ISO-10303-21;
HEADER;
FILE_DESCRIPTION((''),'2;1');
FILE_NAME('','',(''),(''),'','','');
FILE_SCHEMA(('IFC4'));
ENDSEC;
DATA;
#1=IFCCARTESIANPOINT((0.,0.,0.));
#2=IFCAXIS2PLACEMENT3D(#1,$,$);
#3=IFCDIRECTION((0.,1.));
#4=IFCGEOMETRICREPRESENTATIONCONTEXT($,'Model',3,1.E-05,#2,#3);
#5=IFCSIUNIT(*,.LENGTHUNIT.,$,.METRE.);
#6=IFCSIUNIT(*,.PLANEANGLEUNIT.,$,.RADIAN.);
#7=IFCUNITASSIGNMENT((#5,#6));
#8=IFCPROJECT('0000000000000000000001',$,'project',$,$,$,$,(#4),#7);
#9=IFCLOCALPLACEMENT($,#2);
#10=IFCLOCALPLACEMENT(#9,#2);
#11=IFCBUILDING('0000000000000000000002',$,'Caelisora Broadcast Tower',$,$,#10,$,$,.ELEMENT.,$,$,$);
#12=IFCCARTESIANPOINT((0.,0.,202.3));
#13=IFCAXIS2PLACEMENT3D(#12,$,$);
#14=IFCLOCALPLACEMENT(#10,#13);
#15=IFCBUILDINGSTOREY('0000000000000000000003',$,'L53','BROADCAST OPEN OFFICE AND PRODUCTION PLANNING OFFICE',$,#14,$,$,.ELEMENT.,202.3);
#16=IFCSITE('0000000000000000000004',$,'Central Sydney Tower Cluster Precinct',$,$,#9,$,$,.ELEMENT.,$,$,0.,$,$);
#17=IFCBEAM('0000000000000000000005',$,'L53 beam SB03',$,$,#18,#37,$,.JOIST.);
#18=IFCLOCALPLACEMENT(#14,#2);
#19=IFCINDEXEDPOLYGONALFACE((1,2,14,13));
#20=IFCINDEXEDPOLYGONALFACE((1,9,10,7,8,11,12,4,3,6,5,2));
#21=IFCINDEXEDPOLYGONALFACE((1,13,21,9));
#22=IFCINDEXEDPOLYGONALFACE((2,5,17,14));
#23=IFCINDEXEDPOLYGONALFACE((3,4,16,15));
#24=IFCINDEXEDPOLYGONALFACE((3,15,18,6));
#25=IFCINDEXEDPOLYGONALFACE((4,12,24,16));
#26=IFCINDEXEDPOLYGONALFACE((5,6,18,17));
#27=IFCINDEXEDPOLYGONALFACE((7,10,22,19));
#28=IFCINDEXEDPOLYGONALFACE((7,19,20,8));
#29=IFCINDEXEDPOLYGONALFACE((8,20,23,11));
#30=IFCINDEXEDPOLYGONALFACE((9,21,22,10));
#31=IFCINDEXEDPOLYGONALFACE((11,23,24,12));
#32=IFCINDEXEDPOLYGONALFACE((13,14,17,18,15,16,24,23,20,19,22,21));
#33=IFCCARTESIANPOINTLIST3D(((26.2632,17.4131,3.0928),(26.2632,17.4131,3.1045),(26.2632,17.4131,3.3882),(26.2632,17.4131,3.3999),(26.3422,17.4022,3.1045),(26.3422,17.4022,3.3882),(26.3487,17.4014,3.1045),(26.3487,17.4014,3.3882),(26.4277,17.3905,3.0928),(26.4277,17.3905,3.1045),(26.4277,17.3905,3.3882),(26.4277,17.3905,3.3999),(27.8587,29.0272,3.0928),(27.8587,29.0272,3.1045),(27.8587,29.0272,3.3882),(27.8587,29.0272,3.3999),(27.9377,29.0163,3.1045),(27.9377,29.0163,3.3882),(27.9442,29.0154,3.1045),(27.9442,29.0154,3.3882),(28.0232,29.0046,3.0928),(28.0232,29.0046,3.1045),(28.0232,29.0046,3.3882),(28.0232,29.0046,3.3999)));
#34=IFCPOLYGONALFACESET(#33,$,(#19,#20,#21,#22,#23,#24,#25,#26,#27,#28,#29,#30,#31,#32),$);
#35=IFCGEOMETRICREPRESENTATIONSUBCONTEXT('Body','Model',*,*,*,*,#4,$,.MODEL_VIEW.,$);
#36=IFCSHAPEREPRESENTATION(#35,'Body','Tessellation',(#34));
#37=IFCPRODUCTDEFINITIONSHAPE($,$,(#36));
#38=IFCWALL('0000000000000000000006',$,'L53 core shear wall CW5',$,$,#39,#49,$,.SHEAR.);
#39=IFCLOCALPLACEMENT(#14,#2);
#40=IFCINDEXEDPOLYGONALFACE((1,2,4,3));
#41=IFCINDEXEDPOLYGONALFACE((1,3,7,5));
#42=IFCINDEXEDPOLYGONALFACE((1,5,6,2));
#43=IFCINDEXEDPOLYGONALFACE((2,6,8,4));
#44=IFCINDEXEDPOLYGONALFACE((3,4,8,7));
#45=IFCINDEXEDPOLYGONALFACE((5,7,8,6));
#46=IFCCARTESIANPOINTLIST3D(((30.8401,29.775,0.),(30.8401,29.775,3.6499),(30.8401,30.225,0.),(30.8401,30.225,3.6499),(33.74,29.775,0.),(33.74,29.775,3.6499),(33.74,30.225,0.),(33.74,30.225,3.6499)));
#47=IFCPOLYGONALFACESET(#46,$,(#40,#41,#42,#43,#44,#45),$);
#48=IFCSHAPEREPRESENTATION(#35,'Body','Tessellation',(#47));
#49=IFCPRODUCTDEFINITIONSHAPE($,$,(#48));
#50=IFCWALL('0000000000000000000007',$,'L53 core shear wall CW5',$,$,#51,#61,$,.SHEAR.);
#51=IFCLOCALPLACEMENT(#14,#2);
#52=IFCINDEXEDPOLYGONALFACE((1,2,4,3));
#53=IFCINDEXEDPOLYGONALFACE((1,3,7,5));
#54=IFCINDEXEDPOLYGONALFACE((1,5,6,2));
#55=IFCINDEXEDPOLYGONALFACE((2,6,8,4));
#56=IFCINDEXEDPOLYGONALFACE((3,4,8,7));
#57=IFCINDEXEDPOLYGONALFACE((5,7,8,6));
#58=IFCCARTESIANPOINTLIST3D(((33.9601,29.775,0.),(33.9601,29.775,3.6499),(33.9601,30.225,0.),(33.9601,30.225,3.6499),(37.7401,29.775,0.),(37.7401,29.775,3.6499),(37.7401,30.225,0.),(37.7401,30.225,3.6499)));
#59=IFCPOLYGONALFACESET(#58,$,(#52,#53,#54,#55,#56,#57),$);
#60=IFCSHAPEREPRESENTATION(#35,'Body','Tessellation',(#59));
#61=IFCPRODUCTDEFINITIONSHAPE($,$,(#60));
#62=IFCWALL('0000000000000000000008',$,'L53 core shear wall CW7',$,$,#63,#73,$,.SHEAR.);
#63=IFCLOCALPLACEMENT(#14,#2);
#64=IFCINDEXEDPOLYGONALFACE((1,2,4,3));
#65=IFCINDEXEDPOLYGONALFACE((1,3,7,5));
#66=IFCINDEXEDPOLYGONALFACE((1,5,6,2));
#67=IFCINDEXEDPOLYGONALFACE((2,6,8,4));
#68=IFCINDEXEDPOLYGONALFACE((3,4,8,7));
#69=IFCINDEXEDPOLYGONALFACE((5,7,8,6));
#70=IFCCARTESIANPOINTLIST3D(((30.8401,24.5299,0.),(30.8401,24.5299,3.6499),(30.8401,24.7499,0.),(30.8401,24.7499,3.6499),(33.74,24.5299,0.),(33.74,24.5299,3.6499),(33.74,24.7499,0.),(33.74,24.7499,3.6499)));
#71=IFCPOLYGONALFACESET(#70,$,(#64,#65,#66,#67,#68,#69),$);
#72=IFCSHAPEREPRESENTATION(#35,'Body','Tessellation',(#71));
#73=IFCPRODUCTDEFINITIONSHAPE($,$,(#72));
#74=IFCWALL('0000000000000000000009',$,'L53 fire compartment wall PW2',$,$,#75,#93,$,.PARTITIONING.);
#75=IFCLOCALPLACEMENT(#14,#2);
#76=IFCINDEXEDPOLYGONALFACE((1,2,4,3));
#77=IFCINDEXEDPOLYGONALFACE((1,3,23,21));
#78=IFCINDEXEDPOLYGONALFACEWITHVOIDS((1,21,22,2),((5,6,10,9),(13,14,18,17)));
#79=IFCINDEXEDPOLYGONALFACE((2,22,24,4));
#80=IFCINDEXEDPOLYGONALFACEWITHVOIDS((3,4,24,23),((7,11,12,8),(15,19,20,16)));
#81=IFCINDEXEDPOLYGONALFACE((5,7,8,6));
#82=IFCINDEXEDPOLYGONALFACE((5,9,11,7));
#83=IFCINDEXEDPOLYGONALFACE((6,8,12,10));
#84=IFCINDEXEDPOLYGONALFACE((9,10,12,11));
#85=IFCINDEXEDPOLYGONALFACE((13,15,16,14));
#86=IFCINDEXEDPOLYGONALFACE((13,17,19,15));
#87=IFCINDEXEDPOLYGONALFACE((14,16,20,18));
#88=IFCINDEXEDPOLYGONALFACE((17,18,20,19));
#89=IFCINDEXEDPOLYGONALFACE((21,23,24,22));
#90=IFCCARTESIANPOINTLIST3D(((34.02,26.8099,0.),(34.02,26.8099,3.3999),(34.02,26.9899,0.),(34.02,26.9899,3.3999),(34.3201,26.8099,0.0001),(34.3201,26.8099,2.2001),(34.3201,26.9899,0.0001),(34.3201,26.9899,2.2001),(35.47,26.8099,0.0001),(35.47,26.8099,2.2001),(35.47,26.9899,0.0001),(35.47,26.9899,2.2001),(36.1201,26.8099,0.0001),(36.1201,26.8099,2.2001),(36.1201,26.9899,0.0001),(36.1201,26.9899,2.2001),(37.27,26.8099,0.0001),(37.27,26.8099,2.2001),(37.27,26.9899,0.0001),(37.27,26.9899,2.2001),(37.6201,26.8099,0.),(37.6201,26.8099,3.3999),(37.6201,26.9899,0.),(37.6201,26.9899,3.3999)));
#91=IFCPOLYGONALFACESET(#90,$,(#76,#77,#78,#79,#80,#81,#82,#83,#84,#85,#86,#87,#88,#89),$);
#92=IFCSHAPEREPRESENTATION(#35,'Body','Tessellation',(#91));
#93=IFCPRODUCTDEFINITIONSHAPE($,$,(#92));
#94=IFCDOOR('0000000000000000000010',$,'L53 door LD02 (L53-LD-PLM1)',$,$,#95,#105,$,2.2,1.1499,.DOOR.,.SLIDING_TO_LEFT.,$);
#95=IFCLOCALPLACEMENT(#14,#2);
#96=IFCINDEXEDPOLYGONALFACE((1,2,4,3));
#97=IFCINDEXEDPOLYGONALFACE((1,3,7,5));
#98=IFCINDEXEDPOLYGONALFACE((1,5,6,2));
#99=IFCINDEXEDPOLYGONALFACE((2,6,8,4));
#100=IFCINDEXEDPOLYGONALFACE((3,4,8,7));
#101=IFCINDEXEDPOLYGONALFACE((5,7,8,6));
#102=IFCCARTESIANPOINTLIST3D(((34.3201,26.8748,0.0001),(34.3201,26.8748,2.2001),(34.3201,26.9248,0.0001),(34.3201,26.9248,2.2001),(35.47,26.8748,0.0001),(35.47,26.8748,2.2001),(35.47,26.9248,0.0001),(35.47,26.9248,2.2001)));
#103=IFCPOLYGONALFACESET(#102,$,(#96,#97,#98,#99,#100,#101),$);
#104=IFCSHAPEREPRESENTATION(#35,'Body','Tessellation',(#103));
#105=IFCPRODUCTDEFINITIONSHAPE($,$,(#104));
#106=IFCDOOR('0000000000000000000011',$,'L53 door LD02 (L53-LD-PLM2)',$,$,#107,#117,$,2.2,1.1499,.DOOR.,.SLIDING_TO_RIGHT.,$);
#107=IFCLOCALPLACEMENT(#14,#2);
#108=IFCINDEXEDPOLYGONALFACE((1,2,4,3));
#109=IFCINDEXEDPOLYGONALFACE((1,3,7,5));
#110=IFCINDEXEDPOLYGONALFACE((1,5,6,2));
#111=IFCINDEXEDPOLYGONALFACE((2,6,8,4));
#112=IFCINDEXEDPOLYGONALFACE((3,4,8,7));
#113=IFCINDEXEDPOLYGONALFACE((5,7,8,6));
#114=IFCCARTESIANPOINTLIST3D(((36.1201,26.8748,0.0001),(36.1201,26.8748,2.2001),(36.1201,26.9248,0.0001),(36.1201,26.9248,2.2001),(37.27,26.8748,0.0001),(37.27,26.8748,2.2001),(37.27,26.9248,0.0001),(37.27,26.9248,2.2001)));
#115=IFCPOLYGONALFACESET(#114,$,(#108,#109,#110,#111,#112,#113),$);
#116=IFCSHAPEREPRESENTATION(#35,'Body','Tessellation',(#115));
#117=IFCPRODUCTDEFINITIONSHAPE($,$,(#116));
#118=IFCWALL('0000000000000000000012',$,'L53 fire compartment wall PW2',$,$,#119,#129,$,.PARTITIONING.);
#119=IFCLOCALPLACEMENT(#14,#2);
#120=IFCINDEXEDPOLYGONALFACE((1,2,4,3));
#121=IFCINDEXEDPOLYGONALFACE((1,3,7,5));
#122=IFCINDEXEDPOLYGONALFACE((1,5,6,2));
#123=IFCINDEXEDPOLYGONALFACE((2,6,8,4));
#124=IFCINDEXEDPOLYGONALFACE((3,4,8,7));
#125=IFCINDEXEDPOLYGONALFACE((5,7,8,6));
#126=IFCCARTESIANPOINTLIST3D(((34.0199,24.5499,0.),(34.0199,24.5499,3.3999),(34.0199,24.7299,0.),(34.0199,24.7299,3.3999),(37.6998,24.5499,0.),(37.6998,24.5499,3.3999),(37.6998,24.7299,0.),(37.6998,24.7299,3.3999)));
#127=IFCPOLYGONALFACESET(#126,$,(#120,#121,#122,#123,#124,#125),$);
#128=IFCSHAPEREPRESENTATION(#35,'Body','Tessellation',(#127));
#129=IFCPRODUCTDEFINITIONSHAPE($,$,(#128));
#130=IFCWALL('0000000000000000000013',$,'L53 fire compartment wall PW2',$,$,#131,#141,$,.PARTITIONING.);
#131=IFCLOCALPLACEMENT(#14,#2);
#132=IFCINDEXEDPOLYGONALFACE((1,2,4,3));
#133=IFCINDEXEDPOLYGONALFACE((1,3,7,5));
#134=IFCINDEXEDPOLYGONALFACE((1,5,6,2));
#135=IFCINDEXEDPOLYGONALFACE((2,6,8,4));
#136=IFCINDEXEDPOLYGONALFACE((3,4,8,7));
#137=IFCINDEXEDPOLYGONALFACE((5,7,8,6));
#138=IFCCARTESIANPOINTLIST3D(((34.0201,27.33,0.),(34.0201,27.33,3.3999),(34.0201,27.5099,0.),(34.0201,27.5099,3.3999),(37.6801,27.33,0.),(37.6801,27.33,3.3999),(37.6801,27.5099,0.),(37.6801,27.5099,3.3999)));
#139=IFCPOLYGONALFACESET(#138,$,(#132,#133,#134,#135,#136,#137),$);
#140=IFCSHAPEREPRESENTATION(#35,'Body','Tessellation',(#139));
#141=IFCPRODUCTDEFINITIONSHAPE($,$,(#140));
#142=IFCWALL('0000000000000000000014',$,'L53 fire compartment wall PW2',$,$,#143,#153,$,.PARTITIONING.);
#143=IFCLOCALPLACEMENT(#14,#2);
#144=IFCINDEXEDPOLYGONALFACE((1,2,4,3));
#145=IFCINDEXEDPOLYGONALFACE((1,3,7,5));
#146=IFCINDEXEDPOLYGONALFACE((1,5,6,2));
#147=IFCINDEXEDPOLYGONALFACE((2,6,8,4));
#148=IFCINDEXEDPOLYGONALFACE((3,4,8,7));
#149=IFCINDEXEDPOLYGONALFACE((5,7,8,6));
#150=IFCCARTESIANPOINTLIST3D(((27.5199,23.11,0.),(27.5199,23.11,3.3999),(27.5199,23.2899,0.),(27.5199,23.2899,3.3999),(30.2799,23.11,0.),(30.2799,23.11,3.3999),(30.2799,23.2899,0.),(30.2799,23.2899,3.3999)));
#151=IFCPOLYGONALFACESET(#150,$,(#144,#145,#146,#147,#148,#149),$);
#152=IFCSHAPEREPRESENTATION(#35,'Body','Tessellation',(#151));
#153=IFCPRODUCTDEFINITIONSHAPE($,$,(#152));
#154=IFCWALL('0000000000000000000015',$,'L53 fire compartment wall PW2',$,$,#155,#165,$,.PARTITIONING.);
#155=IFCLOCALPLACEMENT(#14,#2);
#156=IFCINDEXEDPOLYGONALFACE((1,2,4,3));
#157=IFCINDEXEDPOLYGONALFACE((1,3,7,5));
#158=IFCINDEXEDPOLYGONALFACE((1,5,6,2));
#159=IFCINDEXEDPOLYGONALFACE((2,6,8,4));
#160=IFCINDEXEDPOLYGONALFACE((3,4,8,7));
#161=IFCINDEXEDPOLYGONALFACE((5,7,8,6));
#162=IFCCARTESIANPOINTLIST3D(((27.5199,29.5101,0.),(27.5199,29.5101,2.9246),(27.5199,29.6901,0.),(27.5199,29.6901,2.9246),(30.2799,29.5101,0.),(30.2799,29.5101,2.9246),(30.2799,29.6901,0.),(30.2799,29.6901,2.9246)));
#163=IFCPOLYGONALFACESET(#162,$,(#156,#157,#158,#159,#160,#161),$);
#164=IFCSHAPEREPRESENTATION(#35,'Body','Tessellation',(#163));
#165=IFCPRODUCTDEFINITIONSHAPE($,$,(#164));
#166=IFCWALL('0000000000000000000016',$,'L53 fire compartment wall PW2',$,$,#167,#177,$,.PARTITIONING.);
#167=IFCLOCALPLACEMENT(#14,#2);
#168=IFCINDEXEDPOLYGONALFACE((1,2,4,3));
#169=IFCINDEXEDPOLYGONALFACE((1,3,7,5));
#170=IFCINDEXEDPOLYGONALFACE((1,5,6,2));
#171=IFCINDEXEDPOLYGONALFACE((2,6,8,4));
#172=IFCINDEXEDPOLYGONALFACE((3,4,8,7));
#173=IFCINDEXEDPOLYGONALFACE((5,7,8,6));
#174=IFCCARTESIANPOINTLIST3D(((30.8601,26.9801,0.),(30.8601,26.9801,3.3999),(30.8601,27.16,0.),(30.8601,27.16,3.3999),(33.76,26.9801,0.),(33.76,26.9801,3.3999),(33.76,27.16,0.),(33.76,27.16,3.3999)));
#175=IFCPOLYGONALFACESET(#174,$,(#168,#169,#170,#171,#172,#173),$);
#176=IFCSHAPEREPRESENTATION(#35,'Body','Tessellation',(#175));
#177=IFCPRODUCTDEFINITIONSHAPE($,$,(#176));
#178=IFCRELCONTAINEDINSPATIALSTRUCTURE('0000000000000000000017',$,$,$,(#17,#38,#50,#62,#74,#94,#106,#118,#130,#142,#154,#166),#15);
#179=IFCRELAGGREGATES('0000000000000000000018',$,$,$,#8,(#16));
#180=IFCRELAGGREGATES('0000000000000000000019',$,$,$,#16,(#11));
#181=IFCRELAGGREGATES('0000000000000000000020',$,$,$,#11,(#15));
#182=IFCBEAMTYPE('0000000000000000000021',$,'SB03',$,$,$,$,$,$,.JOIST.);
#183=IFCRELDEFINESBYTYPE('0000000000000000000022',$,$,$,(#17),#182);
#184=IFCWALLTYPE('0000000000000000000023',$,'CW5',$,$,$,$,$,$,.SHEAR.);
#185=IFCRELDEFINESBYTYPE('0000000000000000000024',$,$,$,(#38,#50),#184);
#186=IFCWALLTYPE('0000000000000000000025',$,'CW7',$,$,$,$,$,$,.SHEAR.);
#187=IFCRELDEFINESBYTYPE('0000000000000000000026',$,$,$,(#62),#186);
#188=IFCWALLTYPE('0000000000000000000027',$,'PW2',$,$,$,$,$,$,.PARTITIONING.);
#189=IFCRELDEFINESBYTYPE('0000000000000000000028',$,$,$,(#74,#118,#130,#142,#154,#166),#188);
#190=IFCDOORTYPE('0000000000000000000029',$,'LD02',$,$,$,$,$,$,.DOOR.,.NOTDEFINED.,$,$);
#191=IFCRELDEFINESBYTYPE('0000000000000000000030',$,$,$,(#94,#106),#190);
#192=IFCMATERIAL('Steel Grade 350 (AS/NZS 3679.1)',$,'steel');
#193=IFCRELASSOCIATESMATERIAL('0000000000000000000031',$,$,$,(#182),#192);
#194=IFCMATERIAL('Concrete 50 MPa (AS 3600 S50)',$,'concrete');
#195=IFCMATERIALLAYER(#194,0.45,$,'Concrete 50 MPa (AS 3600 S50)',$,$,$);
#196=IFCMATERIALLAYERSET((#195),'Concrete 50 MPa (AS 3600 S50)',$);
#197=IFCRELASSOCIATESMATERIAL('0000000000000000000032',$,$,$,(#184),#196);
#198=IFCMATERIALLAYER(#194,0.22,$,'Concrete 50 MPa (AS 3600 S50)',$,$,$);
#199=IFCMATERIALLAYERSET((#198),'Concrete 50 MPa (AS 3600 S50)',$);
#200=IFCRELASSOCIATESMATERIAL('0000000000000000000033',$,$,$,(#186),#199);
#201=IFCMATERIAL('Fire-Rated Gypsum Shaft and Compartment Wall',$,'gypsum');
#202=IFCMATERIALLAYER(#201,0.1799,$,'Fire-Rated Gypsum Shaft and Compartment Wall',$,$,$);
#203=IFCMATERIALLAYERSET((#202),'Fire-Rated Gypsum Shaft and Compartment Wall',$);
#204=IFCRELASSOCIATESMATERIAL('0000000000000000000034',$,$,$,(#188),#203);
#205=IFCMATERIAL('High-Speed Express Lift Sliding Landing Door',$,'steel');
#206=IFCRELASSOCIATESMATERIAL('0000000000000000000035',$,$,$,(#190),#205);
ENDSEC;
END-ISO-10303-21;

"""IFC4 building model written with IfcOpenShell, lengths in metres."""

from ifc_helpers import new_model, si_unit, direction, frame, frame_2d, origin, origin_2d, place, context, subcontext, project, spatial, rectangle, i_section, extrude, source, transform, mapped, material, layer, layer_set, material_profile, profile_set, type_object, element, fill, save


model = new_model("IFC4")

# Units and contexts
model_context = context("Model", 3, precision=1e-05, world=origin(), true_north=direction((0.0, 1.0)))
body_context = subcontext(model_context, "Body", "Model", "MODEL_VIEW")
ifc_project = project(units=[si_unit("LENGTHUNIT", "METRE"), si_unit("PLANEANGLEUNIT", "RADIAN")], contexts=[model_context])

# Site, building, storey
site_placement = place(None, origin())
site = spatial("IfcSite", under=ifc_project, at=site_placement, Name="Central Sydney Tower Cluster Precinct", CompositionType="ELEMENT", RefElevation=0.0)
building_placement = place(site_placement, origin())
building = spatial("IfcBuilding", under=site, at=building_placement, Name="Caelisora Broadcast Tower", CompositionType="ELEMENT")
storey_placement = place(building_placement, frame((0.0, 0.0, 202.3)))
storey = spatial("IfcBuildingStorey", under=building, at=storey_placement, Name="L53", Description="BROADCAST OPEN OFFICE AND PRODUCTION PLANNING OFFICE", CompositionType="ELEMENT", Elevation=202.3)

# Beam
ifc_material_1 = material(Name="Steel Grade 350 (AS/NZS 3679.1)", Category="steel")
ifc_material_profile_1 = material_profile(ifc_material_1, i_section(OverallWidth=0.166, OverallDepth=0.3071, WebThickness=0.0066, FlangeThickness=0.0117, at=origin_2d()), Name="Steel Grade 350 (AS/NZS 3679.1)")
ifc_profile_set_1 = profile_set([ifc_material_profile_1], Name="Steel Grade 350 (AS/NZS 3679.1)")
beam_type_1 = type_object("IfcBeamType", Name="SB03", PredefinedType="JOIST", material=ifc_profile_set_1)
shared_shape_1 = source(origin(), body_context, "Body", "SweptSolid", [
    extrude(i_section(OverallWidth=0.166, OverallDepth=0.3071, WebThickness=0.0066, FlangeThickness=0.0117, at=origin_2d()), origin(), (0.0, 0.0, 1.0), 11.7231),
])
beam_1_placement = place(storey_placement, frame((27.9409, 29.0159, 3.2463), z_axis=(-0.136095, -0.990696, 0.0), x_axis=(0.990696, -0.136095, 0.0)))
element("IfcBeam", 1, at=beam_1_placement, inside=storey, type_object=beam_type_1, Name="L53 beam SB03", PredefinedType="JOIST", context=body_context, shape_type="MappedRepresentation", body=[
    mapped(shared_shape_1, transform((0.0, 0.0, 0.0), scale=1.0)),
])

# Walls
ifc_material_2 = material(Name="Concrete 50 MPa (AS 3600 S50)", Category="concrete")
ifc_layer_1 = layer(ifc_material_2, 0.45, Name="Concrete 50 MPa (AS 3600 S50)")
ifc_layer_set_1 = layer_set([ifc_layer_1], Name="Concrete 50 MPa (AS 3600 S50)")
wall_type_1 = type_object("IfcWallType", Name="CW5", PredefinedType="SHEAR", material=ifc_layer_set_1)
wall_1_placement = place(storey_placement, frame((30.8401, 30.0, 0.0), z_axis=(0.0, 0.0, 1.0), x_axis=(1.0, 0.0, 0.0)))
element("IfcWall", 2, at=wall_1_placement, inside=storey, type_object=wall_type_1, Name="L53 core shear wall CW5", PredefinedType="SHEAR", context=body_context, shape_type="SweptSolid", body=[
    extrude(rectangle(XDim=2.8999, YDim=0.45, at=frame_2d((1.45, 0.0))), origin(), (0.0, 0.0, 1.0), 3.6499),
])
wall_2_placement = place(storey_placement, frame((33.96, 30.0, 0.0), z_axis=(0.0, 0.0, 1.0), x_axis=(1.0, 0.0, 0.0)))
element("IfcWall", 3, at=wall_2_placement, inside=storey, type_object=wall_type_1, Name="L53 core shear wall CW5", PredefinedType="SHEAR", context=body_context, shape_type="SweptSolid", body=[
    extrude(rectangle(XDim=3.78, YDim=0.45, at=frame_2d((1.8901, 0.0))), origin(), (0.0, 0.0, 1.0), 3.6499),
])
ifc_layer_2 = layer(ifc_material_2, 0.22, Name="Concrete 50 MPa (AS 3600 S50)")
ifc_layer_set_2 = layer_set([ifc_layer_2], Name="Concrete 50 MPa (AS 3600 S50)")
wall_type_2 = type_object("IfcWallType", Name="CW7", PredefinedType="SHEAR", material=ifc_layer_set_2)
wall_3_placement = place(storey_placement, frame((30.8401, 24.6399, 0.0), z_axis=(0.0, 0.0, 1.0), x_axis=(1.0, 0.0, 0.0)))
element("IfcWall", 4, at=wall_3_placement, inside=storey, type_object=wall_type_2, Name="L53 core shear wall CW7", PredefinedType="SHEAR", context=body_context, shape_type="SweptSolid", body=[
    extrude(rectangle(XDim=2.8999, YDim=0.22, at=frame_2d((1.45, 0.0))), origin(), (0.0, 0.0, 1.0), 3.6499),
])

# Wall, openings, doors
ifc_material_3 = material(Name="Fire-Rated Gypsum Shaft and Compartment Wall", Category="gypsum")
ifc_layer_3 = layer(ifc_material_3, 0.1799, Name="Fire-Rated Gypsum Shaft and Compartment Wall")
ifc_layer_set_3 = layer_set([ifc_layer_3], Name="Fire-Rated Gypsum Shaft and Compartment Wall")
wall_type_3 = type_object("IfcWallType", Name="PW2", PredefinedType="PARTITIONING", material=ifc_layer_set_3)
wall_4_placement = place(storey_placement, frame((34.02, 26.8999, 0.0), z_axis=(0.0, 0.0, 1.0), x_axis=(1.0, 0.0, 0.0)))
wall_4 = element("IfcWall", 5, at=wall_4_placement, inside=storey, type_object=wall_type_3, Name="L53 fire compartment wall PW2", PredefinedType="PARTITIONING", context=body_context, shape_type="SweptSolid", body=[
    extrude(rectangle(XDim=3.6001, YDim=0.1799, at=frame_2d((1.8, 0.0))), origin(), (0.0, 0.0, 1.0), 3.3999),
])
opening_1_placement = place(wall_4_placement, frame((0.3, 0.0, 0.0)))
opening_1 = element("IfcOpeningElement", 6, at=opening_1_placement, cuts=wall_4, PredefinedType="OPENING", context=body_context, shape_type="SweptSolid", body=[
    extrude(rectangle(XDim=1.1499, YDim=2.2, at=frame_2d((0.575, 1.1001))), frame((0.0, 0.1021, 0.0), z_axis=(0.0, -1.0, 0.0), x_axis=(1.0, 0.0, 0.0)), (0.0, 0.0, 1.0), 0.2039),
])
opening_2_placement = place(wall_4_placement, frame((2.1001, 0.0, 0.0)))
opening_2 = element("IfcOpeningElement", 7, at=opening_2_placement, cuts=wall_4, PredefinedType="OPENING", context=body_context, shape_type="SweptSolid", body=[
    extrude(rectangle(XDim=1.1499, YDim=2.2, at=frame_2d((0.575, 1.1001))), frame((0.0, 0.1021, 0.0), z_axis=(0.0, -1.0, 0.0), x_axis=(1.0, 0.0, 0.0)), (0.0, 0.0, 1.0), 0.2039),
])
ifc_material_4 = material(Name="High-Speed Express Lift Sliding Landing Door", Category="steel")
door_type = type_object("IfcDoorType", Name="LD02", OperationType="NOTDEFINED", PredefinedType="DOOR", material=ifc_material_4)
door_1_placement = place(opening_1_placement, origin())
door_1 = element("IfcDoor", 8, at=door_1_placement, inside=storey, type_object=door_type, Name="L53 door LD02 (L53-LD-PLM1)", OperationType="SLIDING_TO_LEFT", OverallHeight=2.2, OverallWidth=1.1499, PredefinedType="DOOR", context=body_context, shape_type="SweptSolid", body=[
    extrude(rectangle(XDim=1.1499, YDim=2.2, at=frame_2d((0.575, 1.1001))), frame((0.0, 0.0249, 0.0), z_axis=(0.0, -1.0, 0.0), x_axis=(1.0, 0.0, 0.0)), (0.0, 0.0, 1.0), 0.05),
])
fill(opening_1, door_1)
door_2_placement = place(opening_2_placement, origin())
door_2 = element("IfcDoor", 9, at=door_2_placement, inside=storey, type_object=door_type, Name="L53 door LD02 (L53-LD-PLM2)", OperationType="SLIDING_TO_RIGHT", OverallHeight=2.2, OverallWidth=1.1499, PredefinedType="DOOR", context=body_context, shape_type="SweptSolid", body=[
    extrude(rectangle(XDim=1.1499, YDim=2.2, at=frame_2d((0.575, 1.1001))), frame((0.0, 0.0249, 0.0), z_axis=(0.0, -1.0, 0.0), x_axis=(1.0, 0.0, 0.0)), (0.0, 0.0, 1.0), 0.05),
])
fill(opening_2, door_2)

# Walls
wall_5_placement = place(storey_placement, frame((34.02, 24.6399, 0.0), z_axis=(0.0, 0.0, 1.0), x_axis=(1.0, 0.0, 0.0)))
element("IfcWall", 10, at=wall_5_placement, inside=storey, type_object=wall_type_3, Name="L53 fire compartment wall PW2", PredefinedType="PARTITIONING", context=body_context, shape_type="SweptSolid", body=[
    extrude(rectangle(XDim=3.6799, YDim=0.1799, at=frame_2d((1.8398, 0.0))), origin(), (0.0, 0.0, 1.0), 3.3999),
])
wall_6_placement = place(storey_placement, frame((34.02, 27.4199, 0.0), z_axis=(0.0, 0.0, 1.0), x_axis=(1.0, 0.0, 0.0)))
element("IfcWall", 11, at=wall_6_placement, inside=storey, type_object=wall_type_3, Name="L53 fire compartment wall PW2", PredefinedType="PARTITIONING", context=body_context, shape_type="SweptSolid", body=[
    extrude(rectangle(XDim=3.6599, YDim=0.1799, at=frame_2d((1.8301, 0.0))), origin(), (0.0, 0.0, 1.0), 3.3999),
])
wall_7_placement = place(storey_placement, frame((27.52, 23.2, 0.0), z_axis=(0.0, 0.0, 1.0), x_axis=(1.0, 0.0, 0.0)))
element("IfcWall", 12, at=wall_7_placement, inside=storey, type_object=wall_type_3, Name="L53 fire compartment wall PW2", PredefinedType="PARTITIONING", context=body_context, shape_type="SweptSolid", body=[
    extrude(rectangle(XDim=2.76, YDim=0.1799, at=frame_2d((1.3799, 0.0))), origin(), (0.0, 0.0, 1.0), 3.3999),
])
wall_8_placement = place(storey_placement, frame((27.52, 29.6001, 0.0), z_axis=(0.0, 0.0, 1.0), x_axis=(1.0, 0.0, 0.0)))
element("IfcWall", 13, at=wall_8_placement, inside=storey, type_object=wall_type_3, Name="L53 fire compartment wall PW2", PredefinedType="PARTITIONING", context=body_context, shape_type="SweptSolid", body=[
    extrude(rectangle(XDim=2.76, YDim=0.1799, at=frame_2d((1.3799, 0.0))), origin(), (0.0, 0.0, 1.0), 2.9246),
])
wall_9_placement = place(storey_placement, frame((30.8601, 27.0701, 0.0), z_axis=(0.0, 0.0, 1.0), x_axis=(1.0, 0.0, 0.0)))
element("IfcWall", 14, at=wall_9_placement, inside=storey, type_object=wall_type_3, Name="L53 fire compartment wall PW2", PredefinedType="PARTITIONING", context=body_context, shape_type="SweptSolid", body=[
    extrude(rectangle(XDim=2.8999, YDim=0.1799, at=frame_2d((1.45, 0.0))), origin(), (0.0, 0.0, 1.0), 3.3999),
])

save(model, "model.ifc")
